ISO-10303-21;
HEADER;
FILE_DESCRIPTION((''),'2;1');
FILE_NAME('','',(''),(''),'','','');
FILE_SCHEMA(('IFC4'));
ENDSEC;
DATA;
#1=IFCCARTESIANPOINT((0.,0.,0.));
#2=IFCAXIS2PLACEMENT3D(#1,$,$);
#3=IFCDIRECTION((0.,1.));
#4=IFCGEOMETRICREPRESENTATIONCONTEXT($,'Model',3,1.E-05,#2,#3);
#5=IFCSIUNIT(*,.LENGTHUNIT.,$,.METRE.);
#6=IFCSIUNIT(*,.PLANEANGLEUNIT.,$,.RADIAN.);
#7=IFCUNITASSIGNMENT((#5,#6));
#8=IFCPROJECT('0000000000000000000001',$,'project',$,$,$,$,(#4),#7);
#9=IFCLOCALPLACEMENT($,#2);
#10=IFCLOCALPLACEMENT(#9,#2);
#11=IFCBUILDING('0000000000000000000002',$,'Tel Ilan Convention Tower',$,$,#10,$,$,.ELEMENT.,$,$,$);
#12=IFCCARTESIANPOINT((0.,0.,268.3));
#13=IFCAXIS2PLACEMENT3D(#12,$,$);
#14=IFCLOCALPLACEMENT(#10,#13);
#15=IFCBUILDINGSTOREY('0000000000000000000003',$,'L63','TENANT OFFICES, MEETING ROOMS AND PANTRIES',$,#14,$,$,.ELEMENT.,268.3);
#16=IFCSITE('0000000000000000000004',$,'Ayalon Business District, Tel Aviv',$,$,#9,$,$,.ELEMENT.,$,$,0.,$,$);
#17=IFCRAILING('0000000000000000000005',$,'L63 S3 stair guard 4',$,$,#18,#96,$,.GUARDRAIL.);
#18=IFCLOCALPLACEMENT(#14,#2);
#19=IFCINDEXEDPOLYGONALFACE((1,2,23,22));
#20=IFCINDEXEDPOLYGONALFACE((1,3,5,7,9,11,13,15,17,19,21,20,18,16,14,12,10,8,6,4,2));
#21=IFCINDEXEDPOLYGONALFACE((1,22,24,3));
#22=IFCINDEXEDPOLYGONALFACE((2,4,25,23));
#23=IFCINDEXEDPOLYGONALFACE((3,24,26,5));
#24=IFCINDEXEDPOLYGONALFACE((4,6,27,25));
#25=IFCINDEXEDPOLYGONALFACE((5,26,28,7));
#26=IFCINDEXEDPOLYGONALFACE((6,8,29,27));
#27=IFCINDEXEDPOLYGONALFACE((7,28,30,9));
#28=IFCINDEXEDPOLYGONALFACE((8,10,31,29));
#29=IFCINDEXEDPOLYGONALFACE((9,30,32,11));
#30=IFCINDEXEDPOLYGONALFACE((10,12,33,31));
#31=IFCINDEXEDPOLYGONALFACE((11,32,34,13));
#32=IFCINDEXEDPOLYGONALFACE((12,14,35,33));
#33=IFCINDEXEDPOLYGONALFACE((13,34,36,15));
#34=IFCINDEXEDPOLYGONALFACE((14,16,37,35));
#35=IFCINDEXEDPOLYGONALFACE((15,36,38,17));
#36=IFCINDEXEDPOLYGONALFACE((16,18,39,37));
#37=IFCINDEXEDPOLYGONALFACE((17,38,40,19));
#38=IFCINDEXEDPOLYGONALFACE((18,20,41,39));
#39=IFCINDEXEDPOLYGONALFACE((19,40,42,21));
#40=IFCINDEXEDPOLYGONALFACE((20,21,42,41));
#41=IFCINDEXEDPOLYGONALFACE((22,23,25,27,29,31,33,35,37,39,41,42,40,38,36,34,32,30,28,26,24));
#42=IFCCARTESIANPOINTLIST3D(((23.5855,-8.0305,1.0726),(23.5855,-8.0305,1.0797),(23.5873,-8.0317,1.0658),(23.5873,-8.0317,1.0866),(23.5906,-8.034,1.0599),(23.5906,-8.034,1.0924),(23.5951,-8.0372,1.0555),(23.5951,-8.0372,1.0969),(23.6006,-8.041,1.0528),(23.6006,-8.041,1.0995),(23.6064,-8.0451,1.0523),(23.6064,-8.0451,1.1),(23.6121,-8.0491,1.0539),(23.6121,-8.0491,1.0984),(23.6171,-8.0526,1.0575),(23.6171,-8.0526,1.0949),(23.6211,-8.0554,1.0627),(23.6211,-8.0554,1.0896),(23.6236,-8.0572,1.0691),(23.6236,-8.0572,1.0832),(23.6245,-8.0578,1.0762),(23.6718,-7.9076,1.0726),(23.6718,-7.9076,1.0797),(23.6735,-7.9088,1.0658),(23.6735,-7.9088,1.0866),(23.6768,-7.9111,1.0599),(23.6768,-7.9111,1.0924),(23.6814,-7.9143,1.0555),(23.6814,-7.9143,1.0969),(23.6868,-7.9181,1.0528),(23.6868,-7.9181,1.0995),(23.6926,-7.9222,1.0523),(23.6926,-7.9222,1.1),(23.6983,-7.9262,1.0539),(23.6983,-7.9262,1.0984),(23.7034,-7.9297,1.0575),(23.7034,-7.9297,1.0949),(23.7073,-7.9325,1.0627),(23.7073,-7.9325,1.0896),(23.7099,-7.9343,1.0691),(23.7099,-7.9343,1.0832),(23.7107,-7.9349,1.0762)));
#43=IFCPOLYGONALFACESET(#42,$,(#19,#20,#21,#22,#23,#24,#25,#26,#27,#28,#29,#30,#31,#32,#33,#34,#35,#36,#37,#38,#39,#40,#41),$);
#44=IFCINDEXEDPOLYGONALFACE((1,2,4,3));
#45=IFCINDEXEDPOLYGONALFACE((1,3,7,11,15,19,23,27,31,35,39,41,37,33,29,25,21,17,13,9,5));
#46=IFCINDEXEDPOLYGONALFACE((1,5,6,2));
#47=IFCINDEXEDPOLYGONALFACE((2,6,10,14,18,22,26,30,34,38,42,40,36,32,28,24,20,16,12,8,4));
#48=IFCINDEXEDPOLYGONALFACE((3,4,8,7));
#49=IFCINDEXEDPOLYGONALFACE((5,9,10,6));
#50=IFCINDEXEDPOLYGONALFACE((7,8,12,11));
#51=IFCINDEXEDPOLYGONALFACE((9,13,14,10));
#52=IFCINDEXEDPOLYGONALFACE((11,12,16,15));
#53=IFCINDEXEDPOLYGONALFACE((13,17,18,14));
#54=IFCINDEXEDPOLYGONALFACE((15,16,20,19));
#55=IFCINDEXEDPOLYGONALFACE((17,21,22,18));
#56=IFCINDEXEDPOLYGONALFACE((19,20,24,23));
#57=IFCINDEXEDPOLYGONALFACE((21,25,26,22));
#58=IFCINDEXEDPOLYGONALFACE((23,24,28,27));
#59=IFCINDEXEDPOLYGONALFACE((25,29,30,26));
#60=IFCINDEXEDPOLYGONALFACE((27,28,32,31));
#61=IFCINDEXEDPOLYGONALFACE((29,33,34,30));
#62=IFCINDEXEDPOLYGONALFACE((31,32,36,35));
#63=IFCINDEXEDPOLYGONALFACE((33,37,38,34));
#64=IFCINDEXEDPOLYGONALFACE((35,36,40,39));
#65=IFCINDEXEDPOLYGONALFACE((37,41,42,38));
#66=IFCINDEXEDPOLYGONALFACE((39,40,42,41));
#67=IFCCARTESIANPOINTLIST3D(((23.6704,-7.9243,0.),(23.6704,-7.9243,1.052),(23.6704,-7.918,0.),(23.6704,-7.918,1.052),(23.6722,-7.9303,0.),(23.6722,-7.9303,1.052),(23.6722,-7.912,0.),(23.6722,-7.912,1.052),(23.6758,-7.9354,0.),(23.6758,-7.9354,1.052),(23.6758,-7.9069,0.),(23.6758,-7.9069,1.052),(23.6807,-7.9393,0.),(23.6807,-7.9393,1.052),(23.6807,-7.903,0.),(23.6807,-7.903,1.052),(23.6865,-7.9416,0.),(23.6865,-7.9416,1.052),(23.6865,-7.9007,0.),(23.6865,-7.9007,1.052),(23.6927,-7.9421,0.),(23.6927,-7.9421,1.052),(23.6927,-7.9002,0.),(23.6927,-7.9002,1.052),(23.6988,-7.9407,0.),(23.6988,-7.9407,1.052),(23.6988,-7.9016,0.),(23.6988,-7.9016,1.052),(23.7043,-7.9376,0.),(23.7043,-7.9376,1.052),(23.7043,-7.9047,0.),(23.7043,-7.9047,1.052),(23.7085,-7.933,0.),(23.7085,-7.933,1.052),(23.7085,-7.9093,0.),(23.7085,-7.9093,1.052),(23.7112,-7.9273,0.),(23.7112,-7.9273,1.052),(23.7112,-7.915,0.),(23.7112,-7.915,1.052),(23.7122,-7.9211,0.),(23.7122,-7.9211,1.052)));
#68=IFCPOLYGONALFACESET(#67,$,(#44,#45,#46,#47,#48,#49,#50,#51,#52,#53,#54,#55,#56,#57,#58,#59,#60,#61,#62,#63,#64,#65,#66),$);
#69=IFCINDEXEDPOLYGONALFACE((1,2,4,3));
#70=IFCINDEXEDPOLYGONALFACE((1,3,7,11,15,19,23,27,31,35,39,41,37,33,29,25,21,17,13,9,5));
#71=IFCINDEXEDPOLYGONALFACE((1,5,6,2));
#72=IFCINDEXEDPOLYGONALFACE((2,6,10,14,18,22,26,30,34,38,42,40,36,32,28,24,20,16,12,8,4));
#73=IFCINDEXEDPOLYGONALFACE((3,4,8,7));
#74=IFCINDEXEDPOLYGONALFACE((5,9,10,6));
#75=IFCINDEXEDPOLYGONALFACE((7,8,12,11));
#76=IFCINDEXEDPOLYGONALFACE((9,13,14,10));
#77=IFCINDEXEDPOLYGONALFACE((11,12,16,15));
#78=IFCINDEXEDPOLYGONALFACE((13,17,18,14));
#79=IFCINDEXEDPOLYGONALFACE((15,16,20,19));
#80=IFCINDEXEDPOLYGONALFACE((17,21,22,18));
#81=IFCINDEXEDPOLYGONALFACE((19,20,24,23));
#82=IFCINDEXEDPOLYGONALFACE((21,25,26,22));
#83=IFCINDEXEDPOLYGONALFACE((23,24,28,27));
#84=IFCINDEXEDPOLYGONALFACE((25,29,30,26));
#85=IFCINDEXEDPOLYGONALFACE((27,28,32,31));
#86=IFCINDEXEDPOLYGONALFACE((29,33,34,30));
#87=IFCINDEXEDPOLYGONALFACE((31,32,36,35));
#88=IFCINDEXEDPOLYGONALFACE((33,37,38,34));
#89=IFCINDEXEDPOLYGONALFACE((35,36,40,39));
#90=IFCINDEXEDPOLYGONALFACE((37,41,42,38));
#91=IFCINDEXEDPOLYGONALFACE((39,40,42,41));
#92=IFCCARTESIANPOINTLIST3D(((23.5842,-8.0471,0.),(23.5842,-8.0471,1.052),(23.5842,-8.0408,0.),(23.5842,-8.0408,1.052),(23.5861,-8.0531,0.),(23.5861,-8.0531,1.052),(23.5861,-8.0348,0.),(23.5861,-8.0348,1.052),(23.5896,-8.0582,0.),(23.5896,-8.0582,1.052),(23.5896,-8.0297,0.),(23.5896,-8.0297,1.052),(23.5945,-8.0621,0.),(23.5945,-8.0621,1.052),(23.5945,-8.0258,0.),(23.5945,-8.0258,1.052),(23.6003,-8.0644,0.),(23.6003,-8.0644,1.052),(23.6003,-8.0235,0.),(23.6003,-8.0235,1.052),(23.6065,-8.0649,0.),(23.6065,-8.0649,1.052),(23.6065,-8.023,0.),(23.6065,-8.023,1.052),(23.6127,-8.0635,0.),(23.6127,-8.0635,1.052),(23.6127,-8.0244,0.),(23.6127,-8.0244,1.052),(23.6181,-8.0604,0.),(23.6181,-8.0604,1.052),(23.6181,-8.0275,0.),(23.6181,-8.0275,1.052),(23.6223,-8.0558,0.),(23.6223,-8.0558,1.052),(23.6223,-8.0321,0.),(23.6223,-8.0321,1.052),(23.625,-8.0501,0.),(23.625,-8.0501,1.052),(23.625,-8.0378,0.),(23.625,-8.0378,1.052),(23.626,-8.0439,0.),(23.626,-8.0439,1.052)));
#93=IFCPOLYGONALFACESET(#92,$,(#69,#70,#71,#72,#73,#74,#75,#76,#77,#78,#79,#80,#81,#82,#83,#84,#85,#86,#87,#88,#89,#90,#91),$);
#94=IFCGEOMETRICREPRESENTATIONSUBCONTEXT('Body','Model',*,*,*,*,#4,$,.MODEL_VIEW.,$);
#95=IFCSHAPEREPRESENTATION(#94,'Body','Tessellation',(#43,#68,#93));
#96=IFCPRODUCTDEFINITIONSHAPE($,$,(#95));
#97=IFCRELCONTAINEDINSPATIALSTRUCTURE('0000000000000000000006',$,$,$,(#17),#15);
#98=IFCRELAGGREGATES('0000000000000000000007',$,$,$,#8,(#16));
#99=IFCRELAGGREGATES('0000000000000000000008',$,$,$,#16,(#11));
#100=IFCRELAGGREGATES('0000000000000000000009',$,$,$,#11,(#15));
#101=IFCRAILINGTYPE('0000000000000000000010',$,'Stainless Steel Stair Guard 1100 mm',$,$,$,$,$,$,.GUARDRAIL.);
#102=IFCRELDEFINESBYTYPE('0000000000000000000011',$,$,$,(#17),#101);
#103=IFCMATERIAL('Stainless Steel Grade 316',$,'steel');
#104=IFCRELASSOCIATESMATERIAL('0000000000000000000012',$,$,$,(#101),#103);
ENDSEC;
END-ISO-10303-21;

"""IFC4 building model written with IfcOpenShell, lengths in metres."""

from ifc_helpers import new_model, si_unit, direction, frame, origin, origin_2d, place, context, subcontext, project, spatial, circle, extrude, material, type_object, element, save


model = new_model("IFC4")

# Units and contexts
model_context = context("Model", 3, precision=1e-05, world=origin(), true_north=direction((0.0, 1.0)))
body_context = subcontext(model_context, "Body", "Model", "MODEL_VIEW")
ifc_project = project(units=[si_unit("LENGTHUNIT", "METRE"), si_unit("PLANEANGLEUNIT", "RADIAN")], contexts=[model_context])

# Site, building, storey
site_placement = place(None, origin())
site = spatial("IfcSite", under=ifc_project, at=site_placement, Name="Ayalon Business District, Tel Aviv", CompositionType="ELEMENT", RefElevation=0.0)
building_placement = place(site_placement, origin())
building = spatial("IfcBuilding", under=site, at=building_placement, Name="Tel Ilan Convention Tower", CompositionType="ELEMENT")
storey_placement = place(building_placement, frame((0.0, 0.0, 268.3)))
storey = spatial("IfcBuildingStorey", under=building, at=storey_placement, Name="L63", Description="TENANT OFFICES, MEETING ROOMS AND PANTRIES", CompositionType="ELEMENT", Elevation=268.3)

# Railing
ifc_material_1 = material(Name="Stainless Steel Grade 316", Category="steel")
railing_type_1 = type_object("IfcRailingType", Name="Stainless Steel Stair Guard 1100 mm", PredefinedType="GUARDRAIL", material=ifc_material_1)
railing_1_placement = place(storey_placement, frame((23.6912, -7.9211, 0.0)))
element("IfcRailing", 1, at=railing_1_placement, inside=storey, type_object=railing_type_1, Name="L63 S3 stair guard 4", PredefinedType="GUARDRAIL", context=body_context, shape_type="SweptSolid", body=[
    extrude(circle(Radius=0.0239, at=origin_2d()), frame((0.0, 0.0, 1.0762), z_axis=(-0.574445, -0.818543, 0.0), x_axis=(0.818543, -0.574445, 0.0)), (0.0, 0.0, 1.0), 0.1501),
    extrude(circle(Radius=0.021, at=origin_2d()), origin(), (0.0, 0.0, 1.0), 1.052),
    extrude(circle(Radius=0.021, at=origin_2d()), frame((-0.0862, -0.1228, 0.0)), (0.0, 0.0, 1.0), 1.052),
])

save(model, "model.ifc")
